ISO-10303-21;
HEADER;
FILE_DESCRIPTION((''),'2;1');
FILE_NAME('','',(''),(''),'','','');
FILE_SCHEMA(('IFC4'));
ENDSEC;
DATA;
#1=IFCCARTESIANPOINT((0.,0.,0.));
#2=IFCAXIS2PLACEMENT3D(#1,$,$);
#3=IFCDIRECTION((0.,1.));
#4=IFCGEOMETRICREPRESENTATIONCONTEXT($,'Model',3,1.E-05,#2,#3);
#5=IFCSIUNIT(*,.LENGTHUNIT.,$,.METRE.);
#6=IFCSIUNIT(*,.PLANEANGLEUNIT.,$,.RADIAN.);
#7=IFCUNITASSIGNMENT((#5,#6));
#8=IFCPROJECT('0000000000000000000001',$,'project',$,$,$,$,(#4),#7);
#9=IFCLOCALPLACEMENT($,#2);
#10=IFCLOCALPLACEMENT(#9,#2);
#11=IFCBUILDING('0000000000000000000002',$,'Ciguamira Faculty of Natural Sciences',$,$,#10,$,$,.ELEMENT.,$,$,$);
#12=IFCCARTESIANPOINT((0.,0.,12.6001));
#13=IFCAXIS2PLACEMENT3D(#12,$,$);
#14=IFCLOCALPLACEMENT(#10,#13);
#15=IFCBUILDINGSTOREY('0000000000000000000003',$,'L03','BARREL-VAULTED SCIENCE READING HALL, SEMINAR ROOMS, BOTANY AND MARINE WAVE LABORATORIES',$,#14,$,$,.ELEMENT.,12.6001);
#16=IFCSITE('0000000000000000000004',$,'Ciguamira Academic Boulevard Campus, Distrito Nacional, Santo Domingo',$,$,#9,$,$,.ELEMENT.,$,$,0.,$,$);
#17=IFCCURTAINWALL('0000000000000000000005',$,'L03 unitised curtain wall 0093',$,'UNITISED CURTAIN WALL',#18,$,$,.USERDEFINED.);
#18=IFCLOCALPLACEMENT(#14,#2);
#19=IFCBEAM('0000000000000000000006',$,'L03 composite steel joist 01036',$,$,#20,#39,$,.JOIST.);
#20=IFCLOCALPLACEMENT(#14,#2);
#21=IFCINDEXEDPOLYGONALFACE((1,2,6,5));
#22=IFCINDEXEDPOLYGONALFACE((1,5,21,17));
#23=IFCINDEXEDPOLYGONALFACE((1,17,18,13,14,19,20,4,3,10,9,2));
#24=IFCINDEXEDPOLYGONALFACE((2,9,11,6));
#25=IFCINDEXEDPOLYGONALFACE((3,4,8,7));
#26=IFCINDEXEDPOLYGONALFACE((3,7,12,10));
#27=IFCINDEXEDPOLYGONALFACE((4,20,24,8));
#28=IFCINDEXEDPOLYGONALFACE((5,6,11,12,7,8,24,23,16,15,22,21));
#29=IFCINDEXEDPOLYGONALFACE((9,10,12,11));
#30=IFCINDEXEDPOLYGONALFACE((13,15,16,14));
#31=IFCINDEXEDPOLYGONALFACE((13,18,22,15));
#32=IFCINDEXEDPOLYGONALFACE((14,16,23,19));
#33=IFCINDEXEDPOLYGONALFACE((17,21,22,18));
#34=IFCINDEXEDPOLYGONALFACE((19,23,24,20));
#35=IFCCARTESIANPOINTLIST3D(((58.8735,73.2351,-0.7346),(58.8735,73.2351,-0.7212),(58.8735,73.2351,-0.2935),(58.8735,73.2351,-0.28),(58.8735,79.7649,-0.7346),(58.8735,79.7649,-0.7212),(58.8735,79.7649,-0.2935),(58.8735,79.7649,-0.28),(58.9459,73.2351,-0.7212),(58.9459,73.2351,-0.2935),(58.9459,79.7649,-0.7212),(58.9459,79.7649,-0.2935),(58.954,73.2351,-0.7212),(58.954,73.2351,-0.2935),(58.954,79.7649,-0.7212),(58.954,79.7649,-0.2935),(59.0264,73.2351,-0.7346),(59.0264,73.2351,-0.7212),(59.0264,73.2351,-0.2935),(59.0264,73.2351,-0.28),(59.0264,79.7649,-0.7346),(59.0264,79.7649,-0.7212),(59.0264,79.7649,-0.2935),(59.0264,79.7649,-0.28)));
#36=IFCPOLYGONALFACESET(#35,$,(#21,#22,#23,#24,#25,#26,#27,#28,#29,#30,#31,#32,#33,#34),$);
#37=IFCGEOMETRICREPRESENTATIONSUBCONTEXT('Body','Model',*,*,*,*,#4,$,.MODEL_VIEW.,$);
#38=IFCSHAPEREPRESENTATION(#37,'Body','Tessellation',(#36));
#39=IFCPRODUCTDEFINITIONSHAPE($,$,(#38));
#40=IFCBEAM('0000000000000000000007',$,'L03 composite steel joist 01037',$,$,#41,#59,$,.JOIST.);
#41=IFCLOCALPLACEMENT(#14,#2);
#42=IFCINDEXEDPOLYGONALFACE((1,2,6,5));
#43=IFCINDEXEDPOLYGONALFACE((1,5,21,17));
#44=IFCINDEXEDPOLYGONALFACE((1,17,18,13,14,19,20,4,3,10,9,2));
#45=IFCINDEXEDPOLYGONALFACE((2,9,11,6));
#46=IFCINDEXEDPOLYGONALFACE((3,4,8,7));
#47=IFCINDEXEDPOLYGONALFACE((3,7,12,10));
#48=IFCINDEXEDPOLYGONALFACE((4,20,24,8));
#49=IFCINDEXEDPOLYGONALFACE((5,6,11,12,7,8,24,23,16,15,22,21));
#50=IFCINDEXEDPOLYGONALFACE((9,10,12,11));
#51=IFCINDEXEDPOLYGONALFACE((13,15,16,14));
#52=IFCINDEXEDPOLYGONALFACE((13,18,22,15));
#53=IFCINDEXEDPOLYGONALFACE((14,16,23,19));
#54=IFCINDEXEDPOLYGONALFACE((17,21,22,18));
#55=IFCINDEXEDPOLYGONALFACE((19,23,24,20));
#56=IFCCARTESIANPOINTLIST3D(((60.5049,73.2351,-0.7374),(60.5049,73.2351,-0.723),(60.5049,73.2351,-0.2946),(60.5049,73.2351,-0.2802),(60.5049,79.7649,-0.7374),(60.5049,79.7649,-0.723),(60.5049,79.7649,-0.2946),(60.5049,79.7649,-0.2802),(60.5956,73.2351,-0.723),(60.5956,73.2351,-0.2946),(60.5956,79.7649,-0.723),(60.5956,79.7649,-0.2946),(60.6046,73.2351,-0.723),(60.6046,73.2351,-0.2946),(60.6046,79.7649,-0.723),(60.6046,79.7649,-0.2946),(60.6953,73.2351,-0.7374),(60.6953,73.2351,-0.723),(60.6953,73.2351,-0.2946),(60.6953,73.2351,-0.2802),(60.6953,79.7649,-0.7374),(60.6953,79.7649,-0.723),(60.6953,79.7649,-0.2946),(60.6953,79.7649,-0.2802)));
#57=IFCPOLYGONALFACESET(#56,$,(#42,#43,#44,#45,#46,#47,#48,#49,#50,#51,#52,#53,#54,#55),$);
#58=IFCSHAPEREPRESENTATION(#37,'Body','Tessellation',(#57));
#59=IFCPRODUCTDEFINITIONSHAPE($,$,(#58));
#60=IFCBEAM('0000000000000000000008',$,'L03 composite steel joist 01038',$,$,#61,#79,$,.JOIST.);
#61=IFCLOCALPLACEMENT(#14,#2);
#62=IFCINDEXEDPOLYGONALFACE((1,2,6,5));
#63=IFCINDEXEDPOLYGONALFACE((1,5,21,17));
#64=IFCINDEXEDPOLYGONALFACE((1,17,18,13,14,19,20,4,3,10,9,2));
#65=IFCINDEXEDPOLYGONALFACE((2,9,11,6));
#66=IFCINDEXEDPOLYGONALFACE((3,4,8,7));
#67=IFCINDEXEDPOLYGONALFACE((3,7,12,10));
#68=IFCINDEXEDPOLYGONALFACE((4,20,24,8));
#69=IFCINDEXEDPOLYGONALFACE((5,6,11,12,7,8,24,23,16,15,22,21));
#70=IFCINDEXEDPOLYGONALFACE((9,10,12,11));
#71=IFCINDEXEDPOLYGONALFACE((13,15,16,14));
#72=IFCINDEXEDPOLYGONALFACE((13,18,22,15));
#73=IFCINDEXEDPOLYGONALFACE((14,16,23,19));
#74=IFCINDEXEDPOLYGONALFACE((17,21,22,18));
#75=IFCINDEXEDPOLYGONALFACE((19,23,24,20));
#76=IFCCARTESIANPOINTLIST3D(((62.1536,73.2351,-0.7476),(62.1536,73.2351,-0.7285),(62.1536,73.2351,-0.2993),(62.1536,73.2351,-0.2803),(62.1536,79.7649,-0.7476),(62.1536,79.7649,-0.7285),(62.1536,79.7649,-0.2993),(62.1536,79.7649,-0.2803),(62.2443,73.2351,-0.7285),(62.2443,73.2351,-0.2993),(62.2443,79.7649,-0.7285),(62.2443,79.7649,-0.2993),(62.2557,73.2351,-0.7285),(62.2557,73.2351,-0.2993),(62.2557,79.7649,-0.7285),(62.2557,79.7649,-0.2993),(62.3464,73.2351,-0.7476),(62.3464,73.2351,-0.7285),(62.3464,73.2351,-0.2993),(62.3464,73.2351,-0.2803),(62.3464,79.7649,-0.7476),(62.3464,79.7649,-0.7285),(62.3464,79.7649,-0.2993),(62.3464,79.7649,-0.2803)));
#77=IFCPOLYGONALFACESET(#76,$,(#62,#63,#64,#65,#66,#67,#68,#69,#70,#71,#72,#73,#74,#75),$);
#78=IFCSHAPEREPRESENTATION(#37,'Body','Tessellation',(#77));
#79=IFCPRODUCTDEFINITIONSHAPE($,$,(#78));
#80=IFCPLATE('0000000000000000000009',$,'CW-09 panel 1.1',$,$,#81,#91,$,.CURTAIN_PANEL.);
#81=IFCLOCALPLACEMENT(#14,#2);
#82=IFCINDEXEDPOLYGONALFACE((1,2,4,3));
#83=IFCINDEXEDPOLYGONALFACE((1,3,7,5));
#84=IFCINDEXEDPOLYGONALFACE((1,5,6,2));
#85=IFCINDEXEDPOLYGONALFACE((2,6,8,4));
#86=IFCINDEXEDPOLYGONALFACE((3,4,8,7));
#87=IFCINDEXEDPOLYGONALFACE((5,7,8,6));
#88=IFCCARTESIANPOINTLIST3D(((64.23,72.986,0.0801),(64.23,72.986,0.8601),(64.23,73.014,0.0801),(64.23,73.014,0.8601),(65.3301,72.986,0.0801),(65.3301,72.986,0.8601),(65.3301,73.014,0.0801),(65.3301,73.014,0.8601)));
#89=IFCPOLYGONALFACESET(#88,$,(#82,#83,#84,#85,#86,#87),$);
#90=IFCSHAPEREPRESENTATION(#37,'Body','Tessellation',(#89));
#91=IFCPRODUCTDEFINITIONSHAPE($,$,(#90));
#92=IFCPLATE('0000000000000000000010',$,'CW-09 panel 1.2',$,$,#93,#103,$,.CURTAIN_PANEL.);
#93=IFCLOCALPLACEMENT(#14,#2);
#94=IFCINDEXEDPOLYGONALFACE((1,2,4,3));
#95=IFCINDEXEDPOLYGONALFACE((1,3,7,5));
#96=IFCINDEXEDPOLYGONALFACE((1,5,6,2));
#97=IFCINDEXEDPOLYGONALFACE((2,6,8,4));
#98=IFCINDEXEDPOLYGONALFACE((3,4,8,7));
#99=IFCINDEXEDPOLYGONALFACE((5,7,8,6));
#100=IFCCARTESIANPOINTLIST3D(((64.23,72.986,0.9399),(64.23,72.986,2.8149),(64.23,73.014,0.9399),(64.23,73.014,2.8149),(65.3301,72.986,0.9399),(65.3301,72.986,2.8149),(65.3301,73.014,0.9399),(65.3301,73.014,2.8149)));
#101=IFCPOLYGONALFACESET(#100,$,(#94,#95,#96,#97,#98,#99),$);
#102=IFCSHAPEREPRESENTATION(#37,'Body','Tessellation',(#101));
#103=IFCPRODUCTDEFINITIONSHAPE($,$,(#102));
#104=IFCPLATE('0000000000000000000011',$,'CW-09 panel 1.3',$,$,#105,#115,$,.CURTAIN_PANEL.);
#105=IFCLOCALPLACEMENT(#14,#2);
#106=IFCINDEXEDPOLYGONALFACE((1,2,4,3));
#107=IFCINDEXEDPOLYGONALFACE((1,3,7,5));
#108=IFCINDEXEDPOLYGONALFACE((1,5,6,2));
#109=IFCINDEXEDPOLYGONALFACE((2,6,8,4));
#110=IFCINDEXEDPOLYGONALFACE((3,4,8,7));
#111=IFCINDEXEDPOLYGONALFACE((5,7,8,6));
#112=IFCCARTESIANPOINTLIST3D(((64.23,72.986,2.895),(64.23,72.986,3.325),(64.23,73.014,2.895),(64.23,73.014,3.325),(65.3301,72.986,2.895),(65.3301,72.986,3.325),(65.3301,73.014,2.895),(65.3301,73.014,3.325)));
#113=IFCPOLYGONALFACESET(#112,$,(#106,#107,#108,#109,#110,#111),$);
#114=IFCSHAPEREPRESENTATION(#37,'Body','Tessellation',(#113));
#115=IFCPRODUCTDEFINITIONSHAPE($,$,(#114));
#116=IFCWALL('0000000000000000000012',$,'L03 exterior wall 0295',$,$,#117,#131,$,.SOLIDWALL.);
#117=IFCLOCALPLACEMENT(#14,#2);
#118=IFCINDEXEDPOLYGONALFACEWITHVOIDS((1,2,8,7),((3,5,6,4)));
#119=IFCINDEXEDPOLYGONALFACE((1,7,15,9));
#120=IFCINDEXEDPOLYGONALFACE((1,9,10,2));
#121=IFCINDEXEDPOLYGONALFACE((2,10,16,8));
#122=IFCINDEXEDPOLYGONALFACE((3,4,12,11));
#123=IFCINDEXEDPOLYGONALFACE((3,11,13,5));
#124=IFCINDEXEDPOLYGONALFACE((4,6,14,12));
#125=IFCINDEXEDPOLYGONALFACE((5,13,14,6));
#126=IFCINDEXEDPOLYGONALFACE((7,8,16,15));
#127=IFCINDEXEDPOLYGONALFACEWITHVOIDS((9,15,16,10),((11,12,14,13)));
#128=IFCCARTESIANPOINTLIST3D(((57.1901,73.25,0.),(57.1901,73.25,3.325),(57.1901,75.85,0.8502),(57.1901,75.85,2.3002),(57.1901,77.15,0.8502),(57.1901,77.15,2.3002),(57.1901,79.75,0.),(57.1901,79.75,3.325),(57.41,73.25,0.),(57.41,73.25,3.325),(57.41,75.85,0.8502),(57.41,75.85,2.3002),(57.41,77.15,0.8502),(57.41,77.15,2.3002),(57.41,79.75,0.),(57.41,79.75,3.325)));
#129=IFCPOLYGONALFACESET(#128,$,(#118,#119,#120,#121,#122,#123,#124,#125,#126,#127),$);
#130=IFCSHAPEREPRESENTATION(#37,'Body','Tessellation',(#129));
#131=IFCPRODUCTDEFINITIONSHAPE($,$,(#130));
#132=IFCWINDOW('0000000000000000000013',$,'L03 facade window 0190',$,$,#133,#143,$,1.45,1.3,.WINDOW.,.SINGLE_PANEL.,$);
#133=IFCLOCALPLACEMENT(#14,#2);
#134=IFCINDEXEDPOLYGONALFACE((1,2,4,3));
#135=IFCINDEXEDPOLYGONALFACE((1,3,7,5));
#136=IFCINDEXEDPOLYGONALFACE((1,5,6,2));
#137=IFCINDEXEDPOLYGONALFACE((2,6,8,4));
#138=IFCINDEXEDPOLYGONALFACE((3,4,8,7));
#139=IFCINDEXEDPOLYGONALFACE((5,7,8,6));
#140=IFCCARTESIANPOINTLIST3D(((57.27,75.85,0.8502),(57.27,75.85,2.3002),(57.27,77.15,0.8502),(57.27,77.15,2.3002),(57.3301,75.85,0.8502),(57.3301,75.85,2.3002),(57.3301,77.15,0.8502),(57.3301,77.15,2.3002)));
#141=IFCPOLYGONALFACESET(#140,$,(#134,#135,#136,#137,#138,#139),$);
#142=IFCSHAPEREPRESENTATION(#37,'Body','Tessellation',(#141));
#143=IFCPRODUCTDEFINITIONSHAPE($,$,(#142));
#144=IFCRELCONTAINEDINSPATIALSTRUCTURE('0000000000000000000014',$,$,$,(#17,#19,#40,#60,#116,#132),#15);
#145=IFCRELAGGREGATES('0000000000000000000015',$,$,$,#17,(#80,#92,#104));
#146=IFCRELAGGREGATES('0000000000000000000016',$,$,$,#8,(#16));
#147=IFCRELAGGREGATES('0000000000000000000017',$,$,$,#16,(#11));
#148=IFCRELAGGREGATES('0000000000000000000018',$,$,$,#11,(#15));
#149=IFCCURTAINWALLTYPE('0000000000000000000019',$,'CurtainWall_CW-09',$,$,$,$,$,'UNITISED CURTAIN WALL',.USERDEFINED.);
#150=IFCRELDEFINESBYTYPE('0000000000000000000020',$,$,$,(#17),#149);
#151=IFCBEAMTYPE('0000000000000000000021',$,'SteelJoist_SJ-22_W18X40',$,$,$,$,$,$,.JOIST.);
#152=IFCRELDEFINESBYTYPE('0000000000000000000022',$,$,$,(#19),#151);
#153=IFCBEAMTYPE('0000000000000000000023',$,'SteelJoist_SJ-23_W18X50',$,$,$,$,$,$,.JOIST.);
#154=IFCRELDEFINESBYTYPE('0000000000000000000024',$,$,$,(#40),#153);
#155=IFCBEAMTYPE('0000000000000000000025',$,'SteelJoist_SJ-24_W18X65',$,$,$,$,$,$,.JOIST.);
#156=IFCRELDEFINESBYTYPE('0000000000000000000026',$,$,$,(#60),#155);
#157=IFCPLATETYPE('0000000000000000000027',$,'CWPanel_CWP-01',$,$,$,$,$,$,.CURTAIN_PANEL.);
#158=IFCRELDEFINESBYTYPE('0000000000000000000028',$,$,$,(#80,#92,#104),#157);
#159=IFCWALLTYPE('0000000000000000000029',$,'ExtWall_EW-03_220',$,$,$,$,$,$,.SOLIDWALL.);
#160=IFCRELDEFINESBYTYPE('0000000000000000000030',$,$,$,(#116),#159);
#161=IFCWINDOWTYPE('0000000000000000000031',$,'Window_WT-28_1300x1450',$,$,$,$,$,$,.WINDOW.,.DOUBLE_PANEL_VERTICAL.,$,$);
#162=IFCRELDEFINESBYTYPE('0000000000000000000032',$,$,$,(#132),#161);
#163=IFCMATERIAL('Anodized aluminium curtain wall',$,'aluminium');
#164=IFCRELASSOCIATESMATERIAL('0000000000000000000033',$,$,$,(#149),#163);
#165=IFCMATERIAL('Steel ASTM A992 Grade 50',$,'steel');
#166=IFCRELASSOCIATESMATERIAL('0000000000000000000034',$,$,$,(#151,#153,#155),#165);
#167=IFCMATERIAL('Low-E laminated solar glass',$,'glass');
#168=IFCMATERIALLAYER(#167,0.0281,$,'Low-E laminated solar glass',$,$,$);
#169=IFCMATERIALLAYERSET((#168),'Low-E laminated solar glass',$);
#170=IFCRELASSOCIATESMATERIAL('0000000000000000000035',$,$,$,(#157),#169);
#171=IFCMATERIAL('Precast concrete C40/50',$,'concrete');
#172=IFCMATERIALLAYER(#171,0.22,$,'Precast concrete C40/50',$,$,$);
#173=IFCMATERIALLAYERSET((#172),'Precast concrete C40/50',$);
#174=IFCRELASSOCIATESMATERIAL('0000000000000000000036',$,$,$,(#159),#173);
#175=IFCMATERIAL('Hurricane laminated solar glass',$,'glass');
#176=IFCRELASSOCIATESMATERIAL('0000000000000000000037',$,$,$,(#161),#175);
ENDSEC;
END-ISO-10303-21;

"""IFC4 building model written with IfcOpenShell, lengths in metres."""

from ifc_helpers import new_model, si_unit, direction, frame, frame_2d, origin, origin_2d, place, context, subcontext, project, spatial, rectangle, i_section, extrude, material, layer, layer_set, material_profile, profile_set, type_object, element, fill, aggregate, save


model = new_model("IFC4")

# Units and contexts
model_context = context("Model", 3, precision=1e-05, world=origin(), true_north=direction((0.0, 1.0)))
body_context = subcontext(model_context, "Body", "Model", "MODEL_VIEW")
ifc_project = project(units=[si_unit("LENGTHUNIT", "METRE"), si_unit("PLANEANGLEUNIT", "RADIAN")], contexts=[model_context])

# Site, building, storey
site_placement = place(None, origin())
site = spatial("IfcSite", under=ifc_project, at=site_placement, Name="Ciguamira Academic Boulevard Campus, Distrito Nacional, Santo Domingo", CompositionType="ELEMENT", RefElevation=0.0)
building_placement = place(site_placement, origin())
building = spatial("IfcBuilding", under=site, at=building_placement, Name="Ciguamira Faculty of Natural Sciences", CompositionType="ELEMENT")
storey_placement = place(building_placement, frame((0.0, 0.0, 12.6001)))
storey = spatial("IfcBuildingStorey", under=building, at=storey_placement, Name="L03", Description="BARREL-VAULTED SCIENCE READING HALL, SEMINAR ROOMS, BOTANY AND MARINE WAVE LABORATORIES", CompositionType="ELEMENT", Elevation=12.6001)

# Curtain wall
ifc_material_1 = material(Name="Anodized aluminium curtain wall", Category="aluminium")
curtain_wall_type = type_object("IfcCurtainWallType", Name="CurtainWall_CW-09", ElementType="UNITISED CURTAIN WALL", PredefinedType="USERDEFINED", material=ifc_material_1)
curtain_wall_placement = place(storey_placement, origin())
curtain_wall = element("IfcCurtainWall", 1, at=curtain_wall_placement, inside=storey, type_object=curtain_wall_type, Name="L03 unitised curtain wall 0093", ObjectType="UNITISED CURTAIN WALL", PredefinedType="USERDEFINED")

# Beams
ifc_material_2 = material(Name="Steel ASTM A992 Grade 50", Category="steel")
ifc_material_profile_1 = material_profile(ifc_material_2, i_section(OverallWidth=0.1528, OverallDepth=0.4546, WebThickness=0.0081, FlangeThickness=0.0134, at=origin_2d()), Name="W18X40")
ifc_profile_set_1 = profile_set([ifc_material_profile_1], Name="Steel ASTM A992 Grade 50")
beam_type_1 = type_object("IfcBeamType", Name="SteelJoist_SJ-22_W18X40", PredefinedType="JOIST", material=ifc_profile_set_1)
beam_1_placement = place(storey_placement, frame((58.95, 73.2351, -0.5073), z_axis=(0.0, 1.0, 0.0), x_axis=(-1.0, 0.0, 0.0)))
element("IfcBeam", 2, at=beam_1_placement, inside=storey, type_object=beam_type_1, Name="L03 composite steel joist 01036", PredefinedType="JOIST", context=body_context, shape_type="SweptSolid", body=[
    extrude(i_section(OverallWidth=0.1528, OverallDepth=0.4546, WebThickness=0.0081, FlangeThickness=0.0134, at=origin_2d()), origin(), (0.0, 0.0, 1.0), 6.5298),
])
ifc_material_profile_2 = material_profile(ifc_material_2, i_section(OverallWidth=0.1904, OverallDepth=0.4573, WebThickness=0.009, FlangeThickness=0.0144, at=origin_2d()), Name="W18X50")
ifc_profile_set_2 = profile_set([ifc_material_profile_2], Name="Steel ASTM A992 Grade 50")
beam_type_2 = type_object("IfcBeamType", Name="SteelJoist_SJ-23_W18X50", PredefinedType="JOIST", material=ifc_profile_set_2)
beam_2_placement = place(storey_placement, frame((60.6001, 73.2351, -0.5088), z_axis=(0.0, 1.0, 0.0), x_axis=(-1.0, 0.0, 0.0)))
element("IfcBeam", 3, at=beam_2_placement, inside=storey, type_object=beam_type_2, Name="L03 composite steel joist 01037", PredefinedType="JOIST", context=body_context, shape_type="SweptSolid", body=[
    extrude(i_section(OverallWidth=0.1904, OverallDepth=0.4573, WebThickness=0.009, FlangeThickness=0.0144, at=origin_2d()), origin(), (0.0, 0.0, 1.0), 6.5298),
])
ifc_material_profile_3 = material_profile(ifc_material_2, i_section(OverallWidth=0.1929, OverallDepth=0.4673, WebThickness=0.0115, FlangeThickness=0.019, at=origin_2d()), Name="W18X65")
ifc_profile_set_3 = profile_set([ifc_material_profile_3], Name="Steel ASTM A992 Grade 50")
beam_type_3 = type_object("IfcBeamType", Name="SteelJoist_SJ-24_W18X65", PredefinedType="JOIST", material=ifc_profile_set_3)
beam_3_placement = place(storey_placement, frame((62.25, 73.2351, -0.5139), z_axis=(0.0, 1.0, 0.0), x_axis=(-1.0, 0.0, 0.0)))
element("IfcBeam", 4, at=beam_3_placement, inside=storey, type_object=beam_type_3, Name="L03 composite steel joist 01038", PredefinedType="JOIST", context=body_context, shape_type="SweptSolid", body=[
    extrude(i_section(OverallWidth=0.1929, OverallDepth=0.4673, WebThickness=0.0115, FlangeThickness=0.019, at=origin_2d()), origin(), (0.0, 0.0, 1.0), 6.5298),
])

# Plates
ifc_material_3 = material(Name="Low-E laminated solar glass", Category="glass")
ifc_layer_1 = layer(ifc_material_3, 0.0281, Name="Low-E laminated solar glass")
ifc_layer_set_1 = layer_set([ifc_layer_1], Name="Low-E laminated solar glass")
plate_type = type_object("IfcPlateType", Name="CWPanel_CWP-01", PredefinedType="CURTAIN_PANEL", material=ifc_layer_set_1)
plate_1_placement = place(storey_placement, frame((64.78, 73.0, 0.0801), z_axis=(0.0, 0.0, 1.0), x_axis=(1.0, 0.0, 0.0)))
plate_1 = element("IfcPlate", 5, at=plate_1_placement, type_object=plate_type, Name="CW-09 panel 1.1", PredefinedType="CURTAIN_PANEL", context=body_context, shape_type="SweptSolid", body=[
    extrude(rectangle(XDim=1.1001, YDim=0.0281, at=origin_2d()), origin(), (0.0, 0.0, 1.0), 0.78),
])
plate_2_placement = place(storey_placement, frame((64.78, 73.0, 0.9399), z_axis=(0.0, 0.0, 1.0), x_axis=(1.0, 0.0, 0.0)))
plate_2 = element("IfcPlate", 6, at=plate_2_placement, type_object=plate_type, Name="CW-09 panel 1.2", PredefinedType="CURTAIN_PANEL", context=body_context, shape_type="SweptSolid", body=[
    extrude(rectangle(XDim=1.1001, YDim=0.0281, at=origin_2d()), origin(), (0.0, 0.0, 1.0), 1.875),
])
plate_3_placement = place(storey_placement, frame((64.78, 73.0, 2.895), z_axis=(0.0, 0.0, 1.0), x_axis=(1.0, 0.0, 0.0)))
plate_3 = element("IfcPlate", 7, at=plate_3_placement, type_object=plate_type, Name="CW-09 panel 1.3", PredefinedType="CURTAIN_PANEL", context=body_context, shape_type="SweptSolid", body=[
    extrude(rectangle(XDim=1.1001, YDim=0.0281, at=origin_2d()), origin(), (0.0, 0.0, 1.0), 0.4299),
])
aggregate(curtain_wall, [plate_1, plate_2, plate_3])

# Wall, opening, window
ifc_material_4 = material(Name="Precast concrete C40/50", Category="concrete")
ifc_layer_2 = layer(ifc_material_4, 0.22, Name="Precast concrete C40/50")
ifc_layer_set_2 = layer_set([ifc_layer_2], Name="Precast concrete C40/50")
wall_type = type_object("IfcWallType", Name="ExtWall_EW-03_220", PredefinedType="SOLIDWALL", material=ifc_layer_set_2)
wall_placement = place(storey_placement, frame((57.3, 73.25, 0.0), z_axis=(0.0, 0.0, 1.0), x_axis=(0.0, 1.0, 0.0)))
wall = element("IfcWall", 8, at=wall_placement, inside=storey, type_object=wall_type, Name="L03 exterior wall 0295", PredefinedType="SOLIDWALL", context=body_context, shape_type="SweptSolid", body=[
    extrude(rectangle(XDim=6.5, YDim=0.22, at=frame_2d((3.25, 0.0))), origin(), (0.0, 0.0, 1.0), 3.325),
])
opening_placement = place(wall_placement, frame((2.6001, 0.0, 0.8501)))
opening = element("IfcOpeningElement", 9, at=opening_placement, cuts=wall, PredefinedType="OPENING", context=body_context, shape_type="SweptSolid", body=[
    extrude(rectangle(XDim=1.3, YDim=1.45, at=frame_2d((0.6499, 0.7251))), frame((0.0, 0.1199, 0.0), z_axis=(0.0, -1.0, 0.0), x_axis=(1.0, 0.0, 0.0)), (0.0, 0.0, 1.0), 0.24),
])
ifc_material_5 = material(Name="Hurricane laminated solar glass", Category="glass")
window_type = type_object("IfcWindowType", Name="Window_WT-28_1300x1450", PartitioningType="DOUBLE_PANEL_VERTICAL", PredefinedType="WINDOW", material=ifc_material_5)
window_placement = place(opening_placement, origin())
window = element("IfcWindow", 10, at=window_placement, inside=storey, type_object=window_type, Name="L03 facade window 0190", OverallHeight=1.45, OverallWidth=1.3, PartitioningType="SINGLE_PANEL", PredefinedType="WINDOW", context=body_context, shape_type="SweptSolid", body=[
    extrude(rectangle(XDim=1.3, YDim=1.45, at=frame_2d((0.6499, 0.7251))), frame((0.0, 0.03, 0.0), z_axis=(0.0, -1.0, 0.0), x_axis=(1.0, 0.0, 0.0)), (0.0, 0.0, 1.0), 0.0601),
])
fill(opening, window)

save(model, "model.ifc")
